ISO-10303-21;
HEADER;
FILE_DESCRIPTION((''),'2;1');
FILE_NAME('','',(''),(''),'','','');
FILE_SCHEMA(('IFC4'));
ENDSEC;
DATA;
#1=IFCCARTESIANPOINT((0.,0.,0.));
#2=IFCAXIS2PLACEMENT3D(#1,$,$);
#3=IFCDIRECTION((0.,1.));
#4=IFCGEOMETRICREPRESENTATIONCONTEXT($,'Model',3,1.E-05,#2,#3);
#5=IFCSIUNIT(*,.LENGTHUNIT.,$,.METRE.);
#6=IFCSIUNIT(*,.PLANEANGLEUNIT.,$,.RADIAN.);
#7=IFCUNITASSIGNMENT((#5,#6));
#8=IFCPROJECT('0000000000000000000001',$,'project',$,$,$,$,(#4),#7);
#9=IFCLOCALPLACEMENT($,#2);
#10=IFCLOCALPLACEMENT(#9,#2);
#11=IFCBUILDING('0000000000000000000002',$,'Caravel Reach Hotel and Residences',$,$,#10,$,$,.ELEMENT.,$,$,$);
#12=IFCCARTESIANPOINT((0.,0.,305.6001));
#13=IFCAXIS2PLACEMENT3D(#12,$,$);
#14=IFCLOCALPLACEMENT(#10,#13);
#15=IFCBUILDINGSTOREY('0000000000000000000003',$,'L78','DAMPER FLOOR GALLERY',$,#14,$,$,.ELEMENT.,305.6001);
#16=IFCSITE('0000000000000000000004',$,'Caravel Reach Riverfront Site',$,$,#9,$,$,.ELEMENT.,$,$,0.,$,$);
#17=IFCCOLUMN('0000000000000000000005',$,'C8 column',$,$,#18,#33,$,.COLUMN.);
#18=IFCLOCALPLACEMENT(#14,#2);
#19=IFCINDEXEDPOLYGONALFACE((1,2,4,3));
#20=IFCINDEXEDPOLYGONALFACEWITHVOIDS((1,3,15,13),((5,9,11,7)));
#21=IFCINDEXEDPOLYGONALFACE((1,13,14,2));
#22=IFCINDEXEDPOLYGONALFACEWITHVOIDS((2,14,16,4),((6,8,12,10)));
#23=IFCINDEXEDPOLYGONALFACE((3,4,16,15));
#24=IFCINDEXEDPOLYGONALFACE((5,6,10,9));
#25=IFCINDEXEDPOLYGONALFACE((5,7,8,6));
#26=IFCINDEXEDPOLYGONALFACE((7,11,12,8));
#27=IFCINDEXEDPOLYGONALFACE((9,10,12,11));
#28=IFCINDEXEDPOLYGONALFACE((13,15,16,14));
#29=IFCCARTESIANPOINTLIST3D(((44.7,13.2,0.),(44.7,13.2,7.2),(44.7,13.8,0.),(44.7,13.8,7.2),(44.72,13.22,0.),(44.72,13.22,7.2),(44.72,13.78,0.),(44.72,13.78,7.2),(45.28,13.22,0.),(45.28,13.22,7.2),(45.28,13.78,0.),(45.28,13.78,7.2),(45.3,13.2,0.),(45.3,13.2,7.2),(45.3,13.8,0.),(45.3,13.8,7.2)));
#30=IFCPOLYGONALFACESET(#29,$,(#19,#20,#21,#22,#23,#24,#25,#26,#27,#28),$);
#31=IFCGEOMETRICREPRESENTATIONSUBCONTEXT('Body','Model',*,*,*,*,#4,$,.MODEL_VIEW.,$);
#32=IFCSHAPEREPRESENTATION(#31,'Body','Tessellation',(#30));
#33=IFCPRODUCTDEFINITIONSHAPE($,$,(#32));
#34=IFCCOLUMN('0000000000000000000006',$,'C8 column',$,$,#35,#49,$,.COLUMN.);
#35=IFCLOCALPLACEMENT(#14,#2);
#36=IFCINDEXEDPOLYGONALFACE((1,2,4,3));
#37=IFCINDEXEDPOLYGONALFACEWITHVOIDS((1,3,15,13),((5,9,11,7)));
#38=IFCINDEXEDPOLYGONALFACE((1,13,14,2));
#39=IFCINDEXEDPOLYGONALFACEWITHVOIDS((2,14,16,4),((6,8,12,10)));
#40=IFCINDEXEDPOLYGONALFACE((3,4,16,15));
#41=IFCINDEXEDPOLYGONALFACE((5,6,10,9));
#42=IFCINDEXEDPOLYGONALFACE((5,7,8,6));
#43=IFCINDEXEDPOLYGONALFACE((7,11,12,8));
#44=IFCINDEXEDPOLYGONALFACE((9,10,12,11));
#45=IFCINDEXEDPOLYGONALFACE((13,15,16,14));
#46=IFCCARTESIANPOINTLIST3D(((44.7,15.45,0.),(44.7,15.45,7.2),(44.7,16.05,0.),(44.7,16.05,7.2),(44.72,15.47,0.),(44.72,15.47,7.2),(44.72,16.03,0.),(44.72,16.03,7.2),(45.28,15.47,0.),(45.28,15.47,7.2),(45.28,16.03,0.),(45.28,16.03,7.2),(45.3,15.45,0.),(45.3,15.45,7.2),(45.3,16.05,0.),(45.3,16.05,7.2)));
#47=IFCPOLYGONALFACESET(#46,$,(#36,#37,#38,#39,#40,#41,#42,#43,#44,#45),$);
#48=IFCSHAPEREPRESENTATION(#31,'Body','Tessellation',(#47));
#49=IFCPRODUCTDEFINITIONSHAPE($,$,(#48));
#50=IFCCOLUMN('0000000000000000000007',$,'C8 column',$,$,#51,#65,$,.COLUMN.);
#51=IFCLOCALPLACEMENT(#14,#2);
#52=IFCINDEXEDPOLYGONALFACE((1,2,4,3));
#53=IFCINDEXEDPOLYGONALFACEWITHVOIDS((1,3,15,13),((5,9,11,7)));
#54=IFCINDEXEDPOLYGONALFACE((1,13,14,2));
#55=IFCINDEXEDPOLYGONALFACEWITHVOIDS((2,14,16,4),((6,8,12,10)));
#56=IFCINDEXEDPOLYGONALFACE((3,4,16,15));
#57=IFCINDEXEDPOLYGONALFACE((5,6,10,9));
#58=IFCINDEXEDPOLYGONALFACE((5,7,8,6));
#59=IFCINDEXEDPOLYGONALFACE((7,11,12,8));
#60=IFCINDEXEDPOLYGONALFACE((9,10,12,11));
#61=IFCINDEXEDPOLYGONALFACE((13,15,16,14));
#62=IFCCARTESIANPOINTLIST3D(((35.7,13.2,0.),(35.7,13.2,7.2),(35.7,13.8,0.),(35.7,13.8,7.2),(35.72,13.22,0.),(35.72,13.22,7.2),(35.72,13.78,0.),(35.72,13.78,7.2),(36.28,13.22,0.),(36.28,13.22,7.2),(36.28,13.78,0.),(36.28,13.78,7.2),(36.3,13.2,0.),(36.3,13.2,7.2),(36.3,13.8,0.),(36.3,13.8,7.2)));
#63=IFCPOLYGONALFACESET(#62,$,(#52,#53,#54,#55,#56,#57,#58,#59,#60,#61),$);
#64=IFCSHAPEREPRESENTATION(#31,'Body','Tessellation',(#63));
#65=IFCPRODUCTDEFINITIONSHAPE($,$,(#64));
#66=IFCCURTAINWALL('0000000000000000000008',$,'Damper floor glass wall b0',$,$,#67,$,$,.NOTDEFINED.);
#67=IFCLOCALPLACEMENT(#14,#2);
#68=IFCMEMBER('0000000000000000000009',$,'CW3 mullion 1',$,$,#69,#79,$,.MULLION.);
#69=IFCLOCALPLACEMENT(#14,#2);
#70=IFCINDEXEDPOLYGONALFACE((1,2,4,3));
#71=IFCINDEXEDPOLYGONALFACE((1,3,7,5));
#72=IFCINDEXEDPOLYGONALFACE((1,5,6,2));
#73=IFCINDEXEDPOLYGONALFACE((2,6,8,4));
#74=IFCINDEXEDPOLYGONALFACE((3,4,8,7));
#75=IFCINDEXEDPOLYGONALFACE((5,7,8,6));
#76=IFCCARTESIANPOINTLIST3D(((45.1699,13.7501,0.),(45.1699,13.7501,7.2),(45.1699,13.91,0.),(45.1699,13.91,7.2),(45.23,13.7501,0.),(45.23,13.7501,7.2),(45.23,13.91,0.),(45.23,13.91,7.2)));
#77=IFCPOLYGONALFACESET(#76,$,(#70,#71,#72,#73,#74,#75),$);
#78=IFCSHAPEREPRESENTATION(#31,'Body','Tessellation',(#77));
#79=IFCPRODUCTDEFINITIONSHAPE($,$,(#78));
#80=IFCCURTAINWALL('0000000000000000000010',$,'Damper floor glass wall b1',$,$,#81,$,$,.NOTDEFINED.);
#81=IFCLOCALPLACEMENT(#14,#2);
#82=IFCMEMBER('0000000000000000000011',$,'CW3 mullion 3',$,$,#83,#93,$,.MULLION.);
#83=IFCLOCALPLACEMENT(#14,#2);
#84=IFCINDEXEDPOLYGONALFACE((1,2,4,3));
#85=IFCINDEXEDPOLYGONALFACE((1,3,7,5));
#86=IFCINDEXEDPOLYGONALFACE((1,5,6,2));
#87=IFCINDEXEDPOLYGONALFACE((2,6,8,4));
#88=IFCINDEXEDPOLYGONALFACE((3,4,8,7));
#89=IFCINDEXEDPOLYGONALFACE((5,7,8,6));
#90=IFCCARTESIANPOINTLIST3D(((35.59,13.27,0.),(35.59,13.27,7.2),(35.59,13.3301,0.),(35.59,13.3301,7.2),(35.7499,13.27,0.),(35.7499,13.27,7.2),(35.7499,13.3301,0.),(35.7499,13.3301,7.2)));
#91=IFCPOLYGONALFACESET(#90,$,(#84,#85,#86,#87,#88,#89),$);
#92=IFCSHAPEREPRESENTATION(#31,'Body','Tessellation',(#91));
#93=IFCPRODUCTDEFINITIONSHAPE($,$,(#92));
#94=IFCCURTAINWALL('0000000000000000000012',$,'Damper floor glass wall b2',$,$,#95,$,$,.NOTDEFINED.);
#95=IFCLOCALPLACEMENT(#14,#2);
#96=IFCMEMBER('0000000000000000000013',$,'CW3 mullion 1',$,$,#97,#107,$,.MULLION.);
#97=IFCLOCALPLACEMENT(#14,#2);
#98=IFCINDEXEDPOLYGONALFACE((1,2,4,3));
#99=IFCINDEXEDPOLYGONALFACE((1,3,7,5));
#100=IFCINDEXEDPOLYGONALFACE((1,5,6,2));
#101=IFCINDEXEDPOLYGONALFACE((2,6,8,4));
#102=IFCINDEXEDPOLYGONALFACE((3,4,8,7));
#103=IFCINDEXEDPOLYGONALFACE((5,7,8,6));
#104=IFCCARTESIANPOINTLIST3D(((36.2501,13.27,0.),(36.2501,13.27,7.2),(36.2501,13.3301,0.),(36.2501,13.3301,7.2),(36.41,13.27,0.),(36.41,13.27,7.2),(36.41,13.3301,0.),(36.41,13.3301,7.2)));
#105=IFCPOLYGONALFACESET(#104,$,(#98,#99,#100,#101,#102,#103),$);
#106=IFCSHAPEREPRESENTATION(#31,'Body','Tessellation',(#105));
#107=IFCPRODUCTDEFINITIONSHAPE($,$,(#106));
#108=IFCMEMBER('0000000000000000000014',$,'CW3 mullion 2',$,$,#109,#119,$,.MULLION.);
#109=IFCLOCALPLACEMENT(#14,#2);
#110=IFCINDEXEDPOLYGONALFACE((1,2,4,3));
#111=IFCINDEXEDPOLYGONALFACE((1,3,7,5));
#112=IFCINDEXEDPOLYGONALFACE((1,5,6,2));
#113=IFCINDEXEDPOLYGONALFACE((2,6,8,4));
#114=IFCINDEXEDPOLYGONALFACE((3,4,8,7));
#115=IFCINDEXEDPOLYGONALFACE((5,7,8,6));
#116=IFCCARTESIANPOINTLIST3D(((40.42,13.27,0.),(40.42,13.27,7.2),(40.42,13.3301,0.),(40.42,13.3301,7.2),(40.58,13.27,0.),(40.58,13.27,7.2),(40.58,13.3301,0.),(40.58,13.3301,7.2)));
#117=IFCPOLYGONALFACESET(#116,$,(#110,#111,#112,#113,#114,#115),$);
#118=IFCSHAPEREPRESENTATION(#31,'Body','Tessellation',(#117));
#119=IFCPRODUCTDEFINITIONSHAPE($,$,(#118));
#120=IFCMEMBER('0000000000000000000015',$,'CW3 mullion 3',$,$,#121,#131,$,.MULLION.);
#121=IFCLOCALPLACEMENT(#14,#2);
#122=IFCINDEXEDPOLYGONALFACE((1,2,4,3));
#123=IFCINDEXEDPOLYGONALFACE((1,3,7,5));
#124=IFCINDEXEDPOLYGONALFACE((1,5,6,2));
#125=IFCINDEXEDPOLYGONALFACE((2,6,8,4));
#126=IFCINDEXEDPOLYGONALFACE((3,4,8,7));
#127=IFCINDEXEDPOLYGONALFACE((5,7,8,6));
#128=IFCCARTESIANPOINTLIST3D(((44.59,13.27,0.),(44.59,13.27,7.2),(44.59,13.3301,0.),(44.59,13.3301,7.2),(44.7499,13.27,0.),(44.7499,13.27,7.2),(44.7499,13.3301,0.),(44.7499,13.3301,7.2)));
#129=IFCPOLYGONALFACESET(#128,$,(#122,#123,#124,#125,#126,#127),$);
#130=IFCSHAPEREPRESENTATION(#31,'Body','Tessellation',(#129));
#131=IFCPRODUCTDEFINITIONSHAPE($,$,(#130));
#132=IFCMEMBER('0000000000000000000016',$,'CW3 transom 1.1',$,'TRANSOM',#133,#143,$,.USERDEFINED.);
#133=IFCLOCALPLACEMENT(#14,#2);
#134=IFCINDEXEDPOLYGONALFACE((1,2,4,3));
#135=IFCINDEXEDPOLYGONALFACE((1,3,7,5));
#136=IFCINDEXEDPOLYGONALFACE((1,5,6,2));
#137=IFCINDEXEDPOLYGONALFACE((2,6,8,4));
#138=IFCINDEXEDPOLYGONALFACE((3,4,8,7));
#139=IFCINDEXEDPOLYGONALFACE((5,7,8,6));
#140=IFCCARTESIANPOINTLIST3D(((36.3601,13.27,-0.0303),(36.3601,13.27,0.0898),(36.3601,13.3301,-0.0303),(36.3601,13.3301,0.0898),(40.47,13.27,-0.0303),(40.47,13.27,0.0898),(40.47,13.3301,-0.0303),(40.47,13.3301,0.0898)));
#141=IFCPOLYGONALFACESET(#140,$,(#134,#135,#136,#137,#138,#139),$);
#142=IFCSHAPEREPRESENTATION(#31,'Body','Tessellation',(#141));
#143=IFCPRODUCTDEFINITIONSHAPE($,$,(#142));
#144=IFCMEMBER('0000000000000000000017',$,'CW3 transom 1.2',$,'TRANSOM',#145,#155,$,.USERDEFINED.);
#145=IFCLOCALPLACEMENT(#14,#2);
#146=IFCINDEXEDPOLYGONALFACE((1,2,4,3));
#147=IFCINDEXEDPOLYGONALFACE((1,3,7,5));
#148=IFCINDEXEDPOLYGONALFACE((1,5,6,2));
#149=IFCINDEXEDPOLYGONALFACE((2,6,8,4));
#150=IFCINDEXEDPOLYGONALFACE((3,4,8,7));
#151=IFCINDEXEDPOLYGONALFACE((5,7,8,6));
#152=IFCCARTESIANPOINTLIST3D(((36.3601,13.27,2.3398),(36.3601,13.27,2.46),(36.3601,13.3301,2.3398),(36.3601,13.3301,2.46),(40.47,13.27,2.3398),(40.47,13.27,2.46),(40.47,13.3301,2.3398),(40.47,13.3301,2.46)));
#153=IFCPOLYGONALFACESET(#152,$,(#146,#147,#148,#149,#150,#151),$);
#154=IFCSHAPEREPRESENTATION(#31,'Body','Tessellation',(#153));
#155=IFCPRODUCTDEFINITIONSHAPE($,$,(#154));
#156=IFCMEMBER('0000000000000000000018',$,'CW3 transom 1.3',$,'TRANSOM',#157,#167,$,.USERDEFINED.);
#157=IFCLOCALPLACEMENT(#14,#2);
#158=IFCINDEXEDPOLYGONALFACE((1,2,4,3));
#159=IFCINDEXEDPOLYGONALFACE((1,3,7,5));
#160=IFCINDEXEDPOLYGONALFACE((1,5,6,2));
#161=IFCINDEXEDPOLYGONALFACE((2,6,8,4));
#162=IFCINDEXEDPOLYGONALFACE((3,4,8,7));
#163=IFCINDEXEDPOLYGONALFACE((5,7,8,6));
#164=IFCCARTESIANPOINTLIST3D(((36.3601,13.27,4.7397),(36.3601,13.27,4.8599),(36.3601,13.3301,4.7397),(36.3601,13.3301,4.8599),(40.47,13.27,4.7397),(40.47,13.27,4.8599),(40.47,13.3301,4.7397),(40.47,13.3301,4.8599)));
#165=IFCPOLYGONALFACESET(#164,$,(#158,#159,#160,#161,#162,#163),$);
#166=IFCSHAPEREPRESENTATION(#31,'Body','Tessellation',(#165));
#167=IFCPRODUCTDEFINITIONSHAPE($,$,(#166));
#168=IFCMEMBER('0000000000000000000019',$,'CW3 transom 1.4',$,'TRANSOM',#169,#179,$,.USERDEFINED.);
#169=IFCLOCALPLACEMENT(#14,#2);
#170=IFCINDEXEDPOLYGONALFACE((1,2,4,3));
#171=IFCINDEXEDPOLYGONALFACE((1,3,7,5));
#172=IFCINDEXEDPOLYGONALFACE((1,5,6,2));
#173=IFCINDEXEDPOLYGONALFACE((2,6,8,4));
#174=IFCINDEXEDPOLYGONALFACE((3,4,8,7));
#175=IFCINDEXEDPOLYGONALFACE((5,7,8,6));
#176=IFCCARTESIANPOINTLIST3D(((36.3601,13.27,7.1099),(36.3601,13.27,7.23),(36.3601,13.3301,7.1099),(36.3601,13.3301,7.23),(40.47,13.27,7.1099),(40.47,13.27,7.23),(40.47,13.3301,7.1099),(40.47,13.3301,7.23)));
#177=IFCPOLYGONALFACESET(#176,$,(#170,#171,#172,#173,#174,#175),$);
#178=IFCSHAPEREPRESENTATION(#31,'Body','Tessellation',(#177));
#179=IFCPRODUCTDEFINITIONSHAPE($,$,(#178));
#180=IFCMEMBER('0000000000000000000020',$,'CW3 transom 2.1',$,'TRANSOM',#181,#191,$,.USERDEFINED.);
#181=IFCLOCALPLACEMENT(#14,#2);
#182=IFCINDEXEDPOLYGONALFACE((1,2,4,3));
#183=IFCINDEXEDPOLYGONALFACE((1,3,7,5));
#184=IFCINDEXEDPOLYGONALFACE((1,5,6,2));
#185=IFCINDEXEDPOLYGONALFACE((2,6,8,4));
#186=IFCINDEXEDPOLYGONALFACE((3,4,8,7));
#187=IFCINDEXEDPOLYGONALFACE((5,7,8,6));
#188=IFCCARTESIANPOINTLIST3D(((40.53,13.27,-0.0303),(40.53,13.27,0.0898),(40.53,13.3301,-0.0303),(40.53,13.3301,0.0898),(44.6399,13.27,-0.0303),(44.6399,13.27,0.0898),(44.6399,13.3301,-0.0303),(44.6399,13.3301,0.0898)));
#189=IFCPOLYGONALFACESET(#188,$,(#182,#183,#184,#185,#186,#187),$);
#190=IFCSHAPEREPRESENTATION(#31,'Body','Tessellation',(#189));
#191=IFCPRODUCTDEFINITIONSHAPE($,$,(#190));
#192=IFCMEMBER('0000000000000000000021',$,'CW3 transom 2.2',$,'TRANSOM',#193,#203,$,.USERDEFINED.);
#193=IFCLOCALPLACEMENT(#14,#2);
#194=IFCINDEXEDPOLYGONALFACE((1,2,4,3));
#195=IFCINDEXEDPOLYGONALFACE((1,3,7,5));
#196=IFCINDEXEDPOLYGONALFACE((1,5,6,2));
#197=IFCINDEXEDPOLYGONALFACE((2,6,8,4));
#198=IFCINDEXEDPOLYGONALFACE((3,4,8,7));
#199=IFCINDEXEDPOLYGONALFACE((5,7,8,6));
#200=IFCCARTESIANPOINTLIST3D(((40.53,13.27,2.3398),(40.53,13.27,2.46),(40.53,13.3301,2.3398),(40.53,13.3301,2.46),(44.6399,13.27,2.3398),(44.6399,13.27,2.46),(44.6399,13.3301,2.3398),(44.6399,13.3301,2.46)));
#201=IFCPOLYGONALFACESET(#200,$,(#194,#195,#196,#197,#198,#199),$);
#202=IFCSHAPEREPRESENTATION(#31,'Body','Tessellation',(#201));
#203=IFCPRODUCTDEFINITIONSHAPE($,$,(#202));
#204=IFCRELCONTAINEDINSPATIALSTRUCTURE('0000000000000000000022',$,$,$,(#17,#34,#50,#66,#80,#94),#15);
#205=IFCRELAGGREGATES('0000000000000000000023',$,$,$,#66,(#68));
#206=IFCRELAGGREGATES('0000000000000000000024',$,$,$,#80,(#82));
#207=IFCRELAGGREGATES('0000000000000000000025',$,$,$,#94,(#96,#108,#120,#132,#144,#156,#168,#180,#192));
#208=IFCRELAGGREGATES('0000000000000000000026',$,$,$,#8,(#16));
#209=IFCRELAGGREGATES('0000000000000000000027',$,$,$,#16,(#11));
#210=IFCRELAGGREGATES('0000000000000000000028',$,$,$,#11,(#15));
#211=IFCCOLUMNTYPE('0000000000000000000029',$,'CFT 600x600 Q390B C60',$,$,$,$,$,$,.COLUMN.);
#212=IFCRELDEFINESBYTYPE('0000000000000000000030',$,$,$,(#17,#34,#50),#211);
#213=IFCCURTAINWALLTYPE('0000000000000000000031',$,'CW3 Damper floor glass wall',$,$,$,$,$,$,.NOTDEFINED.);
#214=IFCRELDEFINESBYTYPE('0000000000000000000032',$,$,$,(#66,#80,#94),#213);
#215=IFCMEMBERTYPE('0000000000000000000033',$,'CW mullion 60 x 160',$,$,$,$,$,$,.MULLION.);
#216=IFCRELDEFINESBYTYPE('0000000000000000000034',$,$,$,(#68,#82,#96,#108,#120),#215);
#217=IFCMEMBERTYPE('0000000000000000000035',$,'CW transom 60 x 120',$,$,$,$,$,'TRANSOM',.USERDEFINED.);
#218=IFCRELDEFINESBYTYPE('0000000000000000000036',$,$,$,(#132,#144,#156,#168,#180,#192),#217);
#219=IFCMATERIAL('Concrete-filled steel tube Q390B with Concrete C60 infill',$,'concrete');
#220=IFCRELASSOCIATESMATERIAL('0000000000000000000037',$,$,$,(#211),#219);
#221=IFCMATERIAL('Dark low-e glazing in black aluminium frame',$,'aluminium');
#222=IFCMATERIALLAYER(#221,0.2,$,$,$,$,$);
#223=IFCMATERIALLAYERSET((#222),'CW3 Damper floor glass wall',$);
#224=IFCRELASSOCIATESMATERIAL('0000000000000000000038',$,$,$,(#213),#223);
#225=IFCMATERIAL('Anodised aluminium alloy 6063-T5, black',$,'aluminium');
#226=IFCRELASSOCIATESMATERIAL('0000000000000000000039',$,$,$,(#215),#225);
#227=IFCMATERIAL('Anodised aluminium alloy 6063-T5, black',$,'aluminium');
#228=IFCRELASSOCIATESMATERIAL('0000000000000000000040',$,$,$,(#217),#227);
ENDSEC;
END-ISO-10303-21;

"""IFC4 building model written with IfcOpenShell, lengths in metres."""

from ifc_helpers import new_model, si_unit, direction, frame, origin, origin_2d, place, context, subcontext, project, spatial, rectangle, hollow_rectangle, extrude, material, layer, layer_set, material_profile, profile_set, type_object, element, aggregate, save


model = new_model("IFC4")

# Units and contexts
model_context = context("Model", 3, precision=1e-05, world=origin(), true_north=direction((0.0, 1.0)))
body_context = subcontext(model_context, "Body", "Model", "MODEL_VIEW")
ifc_project = project(units=[si_unit("LENGTHUNIT", "METRE"), si_unit("PLANEANGLEUNIT", "RADIAN")], contexts=[model_context])

# Site, building, storey
site_placement = place(None, origin())
site = spatial("IfcSite", under=ifc_project, at=site_placement, Name="Caravel Reach Riverfront Site", CompositionType="ELEMENT", RefElevation=0.0)
building_placement = place(site_placement, origin())
building = spatial("IfcBuilding", under=site, at=building_placement, Name="Caravel Reach Hotel and Residences", CompositionType="ELEMENT")
storey_placement = place(building_placement, frame((0.0, 0.0, 305.6001)))
storey = spatial("IfcBuildingStorey", under=building, at=storey_placement, Name="L78", Description="DAMPER FLOOR GALLERY", CompositionType="ELEMENT", Elevation=305.6001)

# Columns
ifc_material_1 = material(Name="Concrete-filled steel tube Q390B with Concrete C60 infill", Category="concrete")
ifc_material_profile_1 = material_profile(ifc_material_1, hollow_rectangle(XDim=0.6001, YDim=0.6001, WallThickness=0.02, at=origin_2d()), Name="RHS 600x600x20")
ifc_profile_set_1 = profile_set([ifc_material_profile_1], Name="Concrete-filled steel tube Q390B with Concrete C60 infill")
column_type = type_object("IfcColumnType", Name="CFT 600x600 Q390B C60", PredefinedType="COLUMN", material=ifc_profile_set_1)
for number, where, z_axis, x_axis, name in (
    (1, (45.0, 13.5, 0.0), (0.0, 0.0, 1.0), (1.0, 0.0, 0.0), "C8 column"),
    (2, (45.0, 15.75, 0.0), (0.0, 0.0, 1.0), (1.0, 0.0, 0.0), "C8 column"),
    (3, (36.0, 13.5, 0.0), (0.0, 0.0, 1.0), (1.0, 0.0, 0.0), "C8 column"),
):
    element("IfcColumn", number, at=place(storey_placement, frame(where, z_axis=z_axis, x_axis=x_axis)), inside=storey, type_object=column_type, Name=name, PredefinedType="COLUMN", context=body_context, shape_type="SweptSolid", body=[
        extrude(hollow_rectangle(XDim=0.6001, YDim=0.6001, WallThickness=0.02, at=origin_2d()), origin(), (0.0, 0.0, 1.0), 7.2),
    ])

# Curtain walls, members
ifc_material_2 = material(Name="Dark low-e glazing in black aluminium frame", Category="aluminium")
ifc_layer_1 = layer(ifc_material_2, 0.2)
ifc_layer_set_1 = layer_set([ifc_layer_1], Name="CW3 Damper floor glass wall")
curtain_wall_type = type_object("IfcCurtainWallType", Name="CW3 Damper floor glass wall", PredefinedType="NOTDEFINED", material=ifc_layer_set_1)
curtain_wall_1_placement = place(storey_placement, origin())
curtain_wall_1 = element("IfcCurtainWall", 4, at=curtain_wall_1_placement, inside=storey, type_object=curtain_wall_type, Name="Damper floor glass wall b0", PredefinedType="NOTDEFINED")
ifc_material_3 = material(Name="Anodised aluminium alloy 6063-T5, black", Category="aluminium")
ifc_material_profile_2 = material_profile(ifc_material_3, rectangle(XDim=0.0601, YDim=0.1599, at=origin_2d()), Name="CW mullion 60 x 160")
ifc_profile_set_2 = profile_set([ifc_material_profile_2], Name="Anodised aluminium alloy 6063-T5, black")
member_type_1 = type_object("IfcMemberType", Name="CW mullion 60 x 160", PredefinedType="MULLION", material=ifc_profile_set_2)
member_1_placement = place(storey_placement, frame((45.2, 13.8301, 0.0), z_axis=(0.0, 0.0, 1.0), x_axis=(-1.0, 0.0, 0.0)))
member_1 = element("IfcMember", 5, at=member_1_placement, type_object=member_type_1, Name="CW3 mullion 1", PredefinedType="MULLION", context=body_context, shape_type="SweptSolid", body=[
    extrude(rectangle(XDim=0.0601, YDim=0.1599, at=origin_2d()), origin(), (0.0, 0.0, 1.0), 7.2),
])
aggregate(curtain_wall_1, [member_1])
curtain_wall_2_placement = place(storey_placement, origin())
curtain_wall_2 = element("IfcCurtainWall", 6, at=curtain_wall_2_placement, inside=storey, type_object=curtain_wall_type, Name="Damper floor glass wall b1", PredefinedType="NOTDEFINED")
member_2_placement = place(storey_placement, frame((35.6699, 13.3, 0.0), z_axis=(0.0, 0.0, 1.0), x_axis=(0.0, 1.0, 0.0)))
member_2 = element("IfcMember", 7, at=member_2_placement, type_object=member_type_1, Name="CW3 mullion 3", PredefinedType="MULLION", context=body_context, shape_type="SweptSolid", body=[
    extrude(rectangle(XDim=0.0601, YDim=0.1599, at=origin_2d()), origin(), (0.0, 0.0, 1.0), 7.2),
])

# Curtain wall, members
curtain_wall_3_placement = place(storey_placement, origin())
curtain_wall_3 = element("IfcCurtainWall", 8, at=curtain_wall_3_placement, inside=storey, type_object=curtain_wall_type, Name="Damper floor glass wall b2", PredefinedType="NOTDEFINED")
member_3_placement = place(storey_placement, frame((36.3301, 13.3, 0.0), z_axis=(0.0, 0.0, 1.0), x_axis=(0.0, 1.0, 0.0)))
member_3 = element("IfcMember", 9, at=member_3_placement, type_object=member_type_1, Name="CW3 mullion 1", PredefinedType="MULLION", context=body_context, shape_type="SweptSolid", body=[
    extrude(rectangle(XDim=0.0601, YDim=0.1599, at=origin_2d()), origin(), (0.0, 0.0, 1.0), 7.2),
])
member_4_placement = place(storey_placement, frame((40.5, 13.3, 0.0), z_axis=(0.0, 0.0, 1.0), x_axis=(0.0, 1.0, 0.0)))
member_4 = element("IfcMember", 10, at=member_4_placement, type_object=member_type_1, Name="CW3 mullion 2", PredefinedType="MULLION", context=body_context, shape_type="SweptSolid", body=[
    extrude(rectangle(XDim=0.0601, YDim=0.1599, at=origin_2d()), origin(), (0.0, 0.0, 1.0), 7.2),
])
member_5_placement = place(storey_placement, frame((44.6699, 13.3, 0.0), z_axis=(0.0, 0.0, 1.0), x_axis=(0.0, 1.0, 0.0)))
member_5 = element("IfcMember", 11, at=member_5_placement, type_object=member_type_1, Name="CW3 mullion 3", PredefinedType="MULLION", context=body_context, shape_type="SweptSolid", body=[
    extrude(rectangle(XDim=0.0601, YDim=0.1599, at=origin_2d()), origin(), (0.0, 0.0, 1.0), 7.2),
])
ifc_material_4 = material(Name="Anodised aluminium alloy 6063-T5, black", Category="aluminium")
ifc_material_profile_3 = material_profile(ifc_material_4, rectangle(XDim=0.0601, YDim=0.1201, at=origin_2d()), Name="CW transom 60 x 120")
ifc_profile_set_3 = profile_set([ifc_material_profile_3], Name="Anodised aluminium alloy 6063-T5, black")
member_type_2 = type_object("IfcMemberType", Name="CW transom 60 x 120", ElementType="TRANSOM", PredefinedType="USERDEFINED", material=ifc_profile_set_3)
member_6_placement = place(storey_placement, frame((36.3601, 13.3, 0.0298), z_axis=(1.0, 0.0, 0.0), x_axis=(0.0, 1.0, 0.0)))
member_6 = element("IfcMember", 12, at=member_6_placement, type_object=member_type_2, Name="CW3 transom 1.1", ObjectType="TRANSOM", PredefinedType="USERDEFINED", context=body_context, shape_type="SweptSolid", body=[
    extrude(rectangle(XDim=0.0601, YDim=0.1201, at=origin_2d()), origin(), (0.0, 0.0, 1.0), 4.1099),
])
member_7_placement = place(storey_placement, frame((36.3601, 13.3, 2.3999), z_axis=(1.0, 0.0, 0.0), x_axis=(0.0, 1.0, 0.0)))
member_7 = element("IfcMember", 13, at=member_7_placement, type_object=member_type_2, Name="CW3 transom 1.2", ObjectType="TRANSOM", PredefinedType="USERDEFINED", context=body_context, shape_type="SweptSolid", body=[
    extrude(rectangle(XDim=0.0601, YDim=0.1201, at=origin_2d()), origin(), (0.0, 0.0, 1.0), 4.1099),
])
member_8_placement = place(storey_placement, frame((36.3601, 13.3, 4.7998), z_axis=(1.0, 0.0, 0.0), x_axis=(0.0, 1.0, 0.0)))
member_8 = element("IfcMember", 14, at=member_8_placement, type_object=member_type_2, Name="CW3 transom 1.3", ObjectType="TRANSOM", PredefinedType="USERDEFINED", context=body_context, shape_type="SweptSolid", body=[
    extrude(rectangle(XDim=0.0601, YDim=0.1201, at=origin_2d()), origin(), (0.0, 0.0, 1.0), 4.1099),
])
member_9_placement = place(storey_placement, frame((36.3601, 13.3, 7.1699), z_axis=(1.0, 0.0, 0.0), x_axis=(0.0, 1.0, 0.0)))
member_9 = element("IfcMember", 15, at=member_9_placement, type_object=member_type_2, Name="CW3 transom 1.4", ObjectType="TRANSOM", PredefinedType="USERDEFINED", context=body_context, shape_type="SweptSolid", body=[
    extrude(rectangle(XDim=0.0601, YDim=0.1201, at=origin_2d()), origin(), (0.0, 0.0, 1.0), 4.1099),
])
member_10_placement = place(storey_placement, frame((40.53, 13.3, 0.0298), z_axis=(1.0, 0.0, 0.0), x_axis=(0.0, 1.0, 0.0)))
member_10 = element("IfcMember", 16, at=member_10_placement, type_object=member_type_2, Name="CW3 transom 2.1", ObjectType="TRANSOM", PredefinedType="USERDEFINED", context=body_context, shape_type="SweptSolid", body=[
    extrude(rectangle(XDim=0.0601, YDim=0.1201, at=origin_2d()), origin(), (0.0, 0.0, 1.0), 4.1099),
])
member_11_placement = place(storey_placement, frame((40.53, 13.3, 2.3999), z_axis=(1.0, 0.0, 0.0), x_axis=(0.0, 1.0, 0.0)))
member_11 = element("IfcMember", 17, at=member_11_placement, type_object=member_type_2, Name="CW3 transom 2.2", ObjectType="TRANSOM", PredefinedType="USERDEFINED", context=body_context, shape_type="SweptSolid", body=[
    extrude(rectangle(XDim=0.0601, YDim=0.1201, at=origin_2d()), origin(), (0.0, 0.0, 1.0), 4.1099),
])

aggregate(curtain_wall_2, [member_2])
aggregate(curtain_wall_3, [member_3, member_4, member_5, member_6, member_7, member_8, member_9, member_10, member_11])

save(model, "model.ifc")
